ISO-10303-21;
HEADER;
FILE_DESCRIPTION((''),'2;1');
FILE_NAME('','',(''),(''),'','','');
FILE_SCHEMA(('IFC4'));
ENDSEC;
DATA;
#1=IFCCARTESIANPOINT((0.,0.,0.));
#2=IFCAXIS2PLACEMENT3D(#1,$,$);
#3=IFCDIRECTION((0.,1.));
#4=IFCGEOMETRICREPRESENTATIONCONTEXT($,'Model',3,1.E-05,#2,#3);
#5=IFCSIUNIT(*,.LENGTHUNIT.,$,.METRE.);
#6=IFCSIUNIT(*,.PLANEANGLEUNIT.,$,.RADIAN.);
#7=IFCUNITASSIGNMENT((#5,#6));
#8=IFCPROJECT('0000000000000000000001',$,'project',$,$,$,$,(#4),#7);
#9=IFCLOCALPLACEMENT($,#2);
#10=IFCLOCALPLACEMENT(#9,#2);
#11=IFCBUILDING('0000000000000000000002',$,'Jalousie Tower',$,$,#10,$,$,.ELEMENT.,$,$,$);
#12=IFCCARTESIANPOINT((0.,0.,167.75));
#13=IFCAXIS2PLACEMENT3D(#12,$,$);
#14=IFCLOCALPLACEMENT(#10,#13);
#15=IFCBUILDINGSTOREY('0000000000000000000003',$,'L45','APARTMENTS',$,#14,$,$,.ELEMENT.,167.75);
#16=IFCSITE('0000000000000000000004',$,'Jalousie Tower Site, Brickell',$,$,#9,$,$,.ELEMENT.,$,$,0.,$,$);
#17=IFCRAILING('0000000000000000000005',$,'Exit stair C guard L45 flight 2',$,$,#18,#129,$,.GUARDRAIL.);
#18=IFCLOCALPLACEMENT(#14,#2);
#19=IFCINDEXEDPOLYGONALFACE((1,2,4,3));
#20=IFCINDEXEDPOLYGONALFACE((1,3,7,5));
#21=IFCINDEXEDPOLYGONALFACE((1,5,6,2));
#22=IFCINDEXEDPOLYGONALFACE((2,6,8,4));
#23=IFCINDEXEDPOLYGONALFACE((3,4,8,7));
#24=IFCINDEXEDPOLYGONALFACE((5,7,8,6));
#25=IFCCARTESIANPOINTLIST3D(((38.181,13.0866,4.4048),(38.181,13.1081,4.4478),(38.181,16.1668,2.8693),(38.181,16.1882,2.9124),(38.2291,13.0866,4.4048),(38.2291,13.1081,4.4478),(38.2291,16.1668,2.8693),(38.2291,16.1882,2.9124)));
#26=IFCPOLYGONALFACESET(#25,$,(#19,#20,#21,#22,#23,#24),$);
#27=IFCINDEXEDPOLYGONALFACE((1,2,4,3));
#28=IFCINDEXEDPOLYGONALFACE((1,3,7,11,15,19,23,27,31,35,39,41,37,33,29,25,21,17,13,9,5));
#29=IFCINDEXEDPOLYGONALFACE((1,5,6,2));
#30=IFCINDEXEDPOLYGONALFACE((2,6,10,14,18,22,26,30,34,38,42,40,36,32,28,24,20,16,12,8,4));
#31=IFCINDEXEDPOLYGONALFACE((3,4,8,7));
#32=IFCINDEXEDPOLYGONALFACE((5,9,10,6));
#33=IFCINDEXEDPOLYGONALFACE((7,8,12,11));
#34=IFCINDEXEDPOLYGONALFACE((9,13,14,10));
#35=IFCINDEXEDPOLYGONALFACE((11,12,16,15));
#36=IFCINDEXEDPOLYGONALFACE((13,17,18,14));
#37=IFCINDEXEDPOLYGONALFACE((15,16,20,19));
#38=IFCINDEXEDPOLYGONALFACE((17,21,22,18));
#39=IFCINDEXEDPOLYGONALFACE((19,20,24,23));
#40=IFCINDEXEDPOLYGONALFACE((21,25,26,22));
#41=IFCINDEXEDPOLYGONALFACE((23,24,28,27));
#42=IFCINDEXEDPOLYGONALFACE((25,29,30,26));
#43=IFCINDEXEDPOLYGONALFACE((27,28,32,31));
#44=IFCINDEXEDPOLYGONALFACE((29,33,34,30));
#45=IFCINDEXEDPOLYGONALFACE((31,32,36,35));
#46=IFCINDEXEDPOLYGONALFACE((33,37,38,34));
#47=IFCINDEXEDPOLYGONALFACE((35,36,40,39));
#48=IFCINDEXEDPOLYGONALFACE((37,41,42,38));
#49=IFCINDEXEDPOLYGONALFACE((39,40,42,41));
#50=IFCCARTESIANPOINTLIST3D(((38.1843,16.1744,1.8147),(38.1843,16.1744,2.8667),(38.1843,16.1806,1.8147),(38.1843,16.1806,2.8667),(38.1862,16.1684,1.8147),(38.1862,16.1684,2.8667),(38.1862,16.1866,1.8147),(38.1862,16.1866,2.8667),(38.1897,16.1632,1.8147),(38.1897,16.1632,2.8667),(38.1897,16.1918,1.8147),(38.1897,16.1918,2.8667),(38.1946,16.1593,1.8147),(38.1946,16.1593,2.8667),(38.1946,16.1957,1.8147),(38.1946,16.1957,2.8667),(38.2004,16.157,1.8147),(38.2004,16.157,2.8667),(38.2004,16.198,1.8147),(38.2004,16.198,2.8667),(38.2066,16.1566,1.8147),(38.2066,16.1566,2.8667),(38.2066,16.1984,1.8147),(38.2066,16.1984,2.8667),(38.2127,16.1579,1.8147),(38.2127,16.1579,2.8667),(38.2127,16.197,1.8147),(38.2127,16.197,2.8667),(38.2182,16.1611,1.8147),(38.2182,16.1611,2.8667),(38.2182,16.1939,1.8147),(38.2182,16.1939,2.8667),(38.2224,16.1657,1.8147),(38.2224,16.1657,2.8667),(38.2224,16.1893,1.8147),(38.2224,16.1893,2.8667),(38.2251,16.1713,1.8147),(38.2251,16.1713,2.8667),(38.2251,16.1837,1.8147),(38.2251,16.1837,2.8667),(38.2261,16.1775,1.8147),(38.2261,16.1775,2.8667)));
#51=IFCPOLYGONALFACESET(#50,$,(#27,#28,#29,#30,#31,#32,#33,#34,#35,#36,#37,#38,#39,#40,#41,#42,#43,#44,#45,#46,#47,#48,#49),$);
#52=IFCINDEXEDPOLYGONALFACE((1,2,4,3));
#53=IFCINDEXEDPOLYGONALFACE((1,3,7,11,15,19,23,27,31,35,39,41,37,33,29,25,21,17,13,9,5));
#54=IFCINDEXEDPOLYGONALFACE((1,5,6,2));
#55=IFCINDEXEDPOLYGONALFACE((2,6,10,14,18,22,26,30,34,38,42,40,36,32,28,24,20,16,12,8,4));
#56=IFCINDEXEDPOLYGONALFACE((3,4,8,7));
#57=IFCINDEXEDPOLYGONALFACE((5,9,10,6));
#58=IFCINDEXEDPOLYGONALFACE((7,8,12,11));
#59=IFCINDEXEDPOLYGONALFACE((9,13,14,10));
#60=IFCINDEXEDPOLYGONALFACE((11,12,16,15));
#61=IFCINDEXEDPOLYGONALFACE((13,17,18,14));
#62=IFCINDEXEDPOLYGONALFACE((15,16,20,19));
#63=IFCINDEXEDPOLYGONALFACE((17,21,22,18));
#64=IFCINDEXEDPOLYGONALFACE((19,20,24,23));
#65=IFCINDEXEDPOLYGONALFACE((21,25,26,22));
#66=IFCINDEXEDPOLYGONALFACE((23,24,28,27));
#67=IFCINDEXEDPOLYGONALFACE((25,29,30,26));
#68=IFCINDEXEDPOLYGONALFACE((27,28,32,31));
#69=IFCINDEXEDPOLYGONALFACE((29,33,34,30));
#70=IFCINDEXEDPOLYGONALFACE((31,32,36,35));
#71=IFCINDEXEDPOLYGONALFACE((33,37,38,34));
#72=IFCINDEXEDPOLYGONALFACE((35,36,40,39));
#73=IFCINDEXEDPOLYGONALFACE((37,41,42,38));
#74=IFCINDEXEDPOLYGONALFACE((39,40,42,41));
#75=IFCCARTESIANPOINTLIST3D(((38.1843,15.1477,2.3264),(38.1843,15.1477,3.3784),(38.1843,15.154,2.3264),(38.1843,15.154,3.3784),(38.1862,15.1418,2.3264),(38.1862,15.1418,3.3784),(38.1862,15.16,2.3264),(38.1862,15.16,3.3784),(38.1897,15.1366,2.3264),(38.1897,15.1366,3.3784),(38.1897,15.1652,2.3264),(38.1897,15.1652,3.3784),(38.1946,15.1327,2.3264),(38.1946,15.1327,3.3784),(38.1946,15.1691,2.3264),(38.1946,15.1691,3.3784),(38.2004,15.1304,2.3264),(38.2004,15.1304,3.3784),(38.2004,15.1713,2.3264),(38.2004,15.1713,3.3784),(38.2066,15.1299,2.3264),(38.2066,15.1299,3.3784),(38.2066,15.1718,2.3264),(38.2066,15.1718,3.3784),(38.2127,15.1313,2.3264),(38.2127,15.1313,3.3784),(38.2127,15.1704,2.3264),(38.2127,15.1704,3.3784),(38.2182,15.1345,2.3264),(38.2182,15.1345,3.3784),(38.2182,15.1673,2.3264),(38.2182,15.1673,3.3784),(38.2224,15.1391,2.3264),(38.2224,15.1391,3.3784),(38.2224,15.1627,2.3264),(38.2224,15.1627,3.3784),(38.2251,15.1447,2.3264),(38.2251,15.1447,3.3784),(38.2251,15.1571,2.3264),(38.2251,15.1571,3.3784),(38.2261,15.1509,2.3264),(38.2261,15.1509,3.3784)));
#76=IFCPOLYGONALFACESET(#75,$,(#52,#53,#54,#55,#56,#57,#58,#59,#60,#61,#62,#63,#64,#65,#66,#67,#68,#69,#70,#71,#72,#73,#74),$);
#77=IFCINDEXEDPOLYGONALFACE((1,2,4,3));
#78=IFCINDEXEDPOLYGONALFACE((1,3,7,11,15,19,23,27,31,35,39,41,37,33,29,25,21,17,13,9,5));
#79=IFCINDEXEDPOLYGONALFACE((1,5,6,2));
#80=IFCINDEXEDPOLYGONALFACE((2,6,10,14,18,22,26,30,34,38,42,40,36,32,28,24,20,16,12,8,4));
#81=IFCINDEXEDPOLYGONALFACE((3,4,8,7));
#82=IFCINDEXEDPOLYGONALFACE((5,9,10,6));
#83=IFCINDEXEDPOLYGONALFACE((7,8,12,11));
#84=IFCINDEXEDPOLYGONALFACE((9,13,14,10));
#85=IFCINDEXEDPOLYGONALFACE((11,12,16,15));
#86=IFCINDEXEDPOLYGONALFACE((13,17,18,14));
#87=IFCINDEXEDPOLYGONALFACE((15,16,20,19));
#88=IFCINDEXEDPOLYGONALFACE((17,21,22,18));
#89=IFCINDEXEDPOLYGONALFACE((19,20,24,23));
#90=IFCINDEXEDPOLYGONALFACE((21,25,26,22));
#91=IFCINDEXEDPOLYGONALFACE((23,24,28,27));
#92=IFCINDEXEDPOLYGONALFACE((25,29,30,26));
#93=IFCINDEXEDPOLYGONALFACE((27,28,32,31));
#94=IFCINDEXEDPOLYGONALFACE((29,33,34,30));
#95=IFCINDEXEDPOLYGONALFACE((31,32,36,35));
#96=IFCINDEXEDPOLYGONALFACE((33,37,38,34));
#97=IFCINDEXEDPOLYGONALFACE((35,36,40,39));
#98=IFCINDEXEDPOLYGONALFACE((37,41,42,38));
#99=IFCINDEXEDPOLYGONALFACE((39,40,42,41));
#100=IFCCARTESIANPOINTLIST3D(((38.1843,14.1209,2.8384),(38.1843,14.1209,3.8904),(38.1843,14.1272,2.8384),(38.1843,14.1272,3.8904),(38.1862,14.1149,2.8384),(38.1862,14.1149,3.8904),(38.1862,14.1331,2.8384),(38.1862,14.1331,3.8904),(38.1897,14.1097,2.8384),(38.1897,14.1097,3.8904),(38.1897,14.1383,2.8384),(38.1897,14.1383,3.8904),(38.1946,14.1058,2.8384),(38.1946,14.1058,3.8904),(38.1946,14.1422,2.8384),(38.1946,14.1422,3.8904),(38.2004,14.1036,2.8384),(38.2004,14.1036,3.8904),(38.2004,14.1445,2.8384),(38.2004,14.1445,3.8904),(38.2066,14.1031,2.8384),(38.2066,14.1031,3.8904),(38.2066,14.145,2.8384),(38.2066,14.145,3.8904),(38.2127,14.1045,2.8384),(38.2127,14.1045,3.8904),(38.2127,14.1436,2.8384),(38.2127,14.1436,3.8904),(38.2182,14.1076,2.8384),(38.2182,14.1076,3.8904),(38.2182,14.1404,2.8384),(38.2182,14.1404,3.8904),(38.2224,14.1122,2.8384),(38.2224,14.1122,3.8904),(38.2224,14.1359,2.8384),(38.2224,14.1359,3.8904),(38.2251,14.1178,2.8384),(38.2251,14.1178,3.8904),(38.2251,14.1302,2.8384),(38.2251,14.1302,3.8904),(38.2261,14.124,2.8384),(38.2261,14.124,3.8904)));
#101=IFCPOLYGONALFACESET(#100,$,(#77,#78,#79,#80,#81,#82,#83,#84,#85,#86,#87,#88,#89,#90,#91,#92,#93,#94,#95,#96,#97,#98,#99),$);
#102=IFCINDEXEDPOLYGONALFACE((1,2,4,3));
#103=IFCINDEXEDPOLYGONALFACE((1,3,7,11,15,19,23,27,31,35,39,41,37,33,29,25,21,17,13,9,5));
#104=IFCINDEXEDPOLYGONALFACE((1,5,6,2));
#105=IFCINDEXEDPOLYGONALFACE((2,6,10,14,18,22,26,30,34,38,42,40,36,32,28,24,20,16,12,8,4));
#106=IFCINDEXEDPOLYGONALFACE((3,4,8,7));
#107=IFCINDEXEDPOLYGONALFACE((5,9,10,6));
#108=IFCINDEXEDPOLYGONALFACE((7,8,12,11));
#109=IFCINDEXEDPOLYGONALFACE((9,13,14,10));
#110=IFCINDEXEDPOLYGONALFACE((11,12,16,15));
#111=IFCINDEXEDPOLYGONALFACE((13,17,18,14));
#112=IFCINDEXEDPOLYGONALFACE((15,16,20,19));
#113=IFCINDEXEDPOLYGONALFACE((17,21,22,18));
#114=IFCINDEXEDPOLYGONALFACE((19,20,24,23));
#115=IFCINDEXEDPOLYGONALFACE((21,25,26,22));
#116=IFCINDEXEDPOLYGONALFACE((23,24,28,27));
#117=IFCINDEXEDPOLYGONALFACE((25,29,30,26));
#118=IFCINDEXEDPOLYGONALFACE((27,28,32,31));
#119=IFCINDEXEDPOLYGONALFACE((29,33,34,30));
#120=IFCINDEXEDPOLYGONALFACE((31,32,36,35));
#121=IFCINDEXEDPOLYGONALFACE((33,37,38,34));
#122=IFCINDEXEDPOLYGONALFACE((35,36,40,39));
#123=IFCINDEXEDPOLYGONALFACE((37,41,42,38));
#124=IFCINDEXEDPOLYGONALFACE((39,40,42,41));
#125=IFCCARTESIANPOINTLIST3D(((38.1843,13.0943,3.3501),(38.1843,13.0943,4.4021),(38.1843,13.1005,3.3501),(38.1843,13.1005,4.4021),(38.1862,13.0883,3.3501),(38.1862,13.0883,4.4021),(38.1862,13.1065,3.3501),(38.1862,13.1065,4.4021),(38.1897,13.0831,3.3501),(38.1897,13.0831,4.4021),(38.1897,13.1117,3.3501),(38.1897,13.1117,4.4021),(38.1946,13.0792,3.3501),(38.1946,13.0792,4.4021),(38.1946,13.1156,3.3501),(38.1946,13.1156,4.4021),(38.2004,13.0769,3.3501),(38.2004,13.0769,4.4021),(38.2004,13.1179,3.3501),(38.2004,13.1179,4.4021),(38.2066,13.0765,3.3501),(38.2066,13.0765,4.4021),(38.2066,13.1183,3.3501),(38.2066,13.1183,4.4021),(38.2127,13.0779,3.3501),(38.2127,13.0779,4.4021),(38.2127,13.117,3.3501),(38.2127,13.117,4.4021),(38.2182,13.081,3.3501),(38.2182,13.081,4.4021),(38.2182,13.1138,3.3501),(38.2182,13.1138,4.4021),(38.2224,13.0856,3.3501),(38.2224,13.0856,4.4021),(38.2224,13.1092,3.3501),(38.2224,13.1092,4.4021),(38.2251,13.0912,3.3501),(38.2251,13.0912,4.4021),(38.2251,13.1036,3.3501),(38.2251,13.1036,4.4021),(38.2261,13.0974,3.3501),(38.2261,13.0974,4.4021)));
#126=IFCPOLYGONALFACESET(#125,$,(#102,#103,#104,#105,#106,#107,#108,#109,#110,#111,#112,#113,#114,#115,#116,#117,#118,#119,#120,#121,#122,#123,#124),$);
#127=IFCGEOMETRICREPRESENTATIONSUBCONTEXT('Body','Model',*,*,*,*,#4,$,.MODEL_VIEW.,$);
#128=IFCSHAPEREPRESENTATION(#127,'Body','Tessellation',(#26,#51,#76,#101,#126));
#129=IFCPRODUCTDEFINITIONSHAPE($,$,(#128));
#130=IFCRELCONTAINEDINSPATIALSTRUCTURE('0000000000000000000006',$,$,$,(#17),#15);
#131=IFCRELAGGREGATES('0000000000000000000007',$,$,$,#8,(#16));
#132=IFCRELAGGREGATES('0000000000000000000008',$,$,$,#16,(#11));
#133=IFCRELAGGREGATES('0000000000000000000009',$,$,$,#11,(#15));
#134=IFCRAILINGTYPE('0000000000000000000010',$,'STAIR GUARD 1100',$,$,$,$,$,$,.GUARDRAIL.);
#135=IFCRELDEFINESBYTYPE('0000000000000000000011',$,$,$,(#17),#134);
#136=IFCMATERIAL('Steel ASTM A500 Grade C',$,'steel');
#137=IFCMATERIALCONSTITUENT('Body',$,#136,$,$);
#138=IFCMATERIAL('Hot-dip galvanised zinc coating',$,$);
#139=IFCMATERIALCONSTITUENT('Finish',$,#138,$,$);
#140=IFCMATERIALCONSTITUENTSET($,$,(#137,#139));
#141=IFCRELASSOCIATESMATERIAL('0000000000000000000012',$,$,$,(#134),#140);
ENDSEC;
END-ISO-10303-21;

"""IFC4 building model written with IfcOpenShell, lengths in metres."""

from ifc_helpers import new_model, si_unit, direction, frame, origin, origin_2d, place, context, subcontext, project, spatial, rectangle, circle, extrude, material, constituent, constituent_set, type_object, element, save


model = new_model("IFC4")

# Units and contexts
model_context = context("Model", 3, precision=1e-05, world=origin(), true_north=direction((0.0, 1.0)))
body_context = subcontext(model_context, "Body", "Model", "MODEL_VIEW")
ifc_project = project(units=[si_unit("LENGTHUNIT", "METRE"), si_unit("PLANEANGLEUNIT", "RADIAN")], contexts=[model_context])

# Site, building, storey
site_placement = place(None, origin())
site = spatial("IfcSite", under=ifc_project, at=site_placement, Name="Jalousie Tower Site, Brickell", CompositionType="ELEMENT", RefElevation=0.0)
building_placement = place(site_placement, origin())
building = spatial("IfcBuilding", under=site, at=building_placement, Name="Jalousie Tower", CompositionType="ELEMENT")
storey_placement = place(building_placement, frame((0.0, 0.0, 167.75)))
storey = spatial("IfcBuildingStorey", under=building, at=storey_placement, Name="L45", Description="APARTMENTS", CompositionType="ELEMENT", Elevation=167.75)

# Railing
ifc_material_1 = material(Name="Steel ASTM A500 Grade C", Category="steel")
ifc_constituent_1 = constituent(ifc_material_1, Name="Body")
ifc_material_2 = material(Name="Hot-dip galvanised zinc coating")
ifc_constituent_2 = constituent(ifc_material_2, Name="Finish")
ifc_constituent_set_1 = constituent_set(constituents=[ifc_constituent_1, ifc_constituent_2])
railing_type_1 = type_object("IfcRailingType", Name="STAIR GUARD 1100", PredefinedType="GUARDRAIL", material=ifc_constituent_set_1)
railing_1_placement = place(storey_placement, frame((38.2051, 16.1775, 1.8147)))
element("IfcRailing", 1, at=railing_1_placement, inside=storey, type_object=railing_type_1, Name="Exit stair C guard L45 flight 2", PredefinedType="GUARDRAIL", context=body_context, shape_type="SweptSolid", body=[
    extrude(rectangle(XDim=0.0481, YDim=0.0481, at=origin_2d()), frame((0.0, 0.0, 1.0762), z_axis=(0.0, -0.894966, 0.446135), x_axis=(1.0, 0.0, 0.0)), (0.0, 0.0, 1.0), 3.4417),
    extrude(circle(Radius=0.021, at=origin_2d()), origin(), (0.0, 0.0, 1.0), 1.052),
    extrude(circle(Radius=0.021, at=origin_2d()), frame((0.0, -1.0266, 0.5117)), (0.0, 0.0, 1.0), 1.052),
    extrude(circle(Radius=0.021, at=origin_2d()), frame((0.0, -2.0535, 1.0237)), (0.0, 0.0, 1.0), 1.052),
    extrude(circle(Radius=0.021, at=origin_2d()), frame((0.0, -3.0801, 1.5354)), (0.0, 0.0, 1.0), 1.052),
])

save(model, "model.ifc")
